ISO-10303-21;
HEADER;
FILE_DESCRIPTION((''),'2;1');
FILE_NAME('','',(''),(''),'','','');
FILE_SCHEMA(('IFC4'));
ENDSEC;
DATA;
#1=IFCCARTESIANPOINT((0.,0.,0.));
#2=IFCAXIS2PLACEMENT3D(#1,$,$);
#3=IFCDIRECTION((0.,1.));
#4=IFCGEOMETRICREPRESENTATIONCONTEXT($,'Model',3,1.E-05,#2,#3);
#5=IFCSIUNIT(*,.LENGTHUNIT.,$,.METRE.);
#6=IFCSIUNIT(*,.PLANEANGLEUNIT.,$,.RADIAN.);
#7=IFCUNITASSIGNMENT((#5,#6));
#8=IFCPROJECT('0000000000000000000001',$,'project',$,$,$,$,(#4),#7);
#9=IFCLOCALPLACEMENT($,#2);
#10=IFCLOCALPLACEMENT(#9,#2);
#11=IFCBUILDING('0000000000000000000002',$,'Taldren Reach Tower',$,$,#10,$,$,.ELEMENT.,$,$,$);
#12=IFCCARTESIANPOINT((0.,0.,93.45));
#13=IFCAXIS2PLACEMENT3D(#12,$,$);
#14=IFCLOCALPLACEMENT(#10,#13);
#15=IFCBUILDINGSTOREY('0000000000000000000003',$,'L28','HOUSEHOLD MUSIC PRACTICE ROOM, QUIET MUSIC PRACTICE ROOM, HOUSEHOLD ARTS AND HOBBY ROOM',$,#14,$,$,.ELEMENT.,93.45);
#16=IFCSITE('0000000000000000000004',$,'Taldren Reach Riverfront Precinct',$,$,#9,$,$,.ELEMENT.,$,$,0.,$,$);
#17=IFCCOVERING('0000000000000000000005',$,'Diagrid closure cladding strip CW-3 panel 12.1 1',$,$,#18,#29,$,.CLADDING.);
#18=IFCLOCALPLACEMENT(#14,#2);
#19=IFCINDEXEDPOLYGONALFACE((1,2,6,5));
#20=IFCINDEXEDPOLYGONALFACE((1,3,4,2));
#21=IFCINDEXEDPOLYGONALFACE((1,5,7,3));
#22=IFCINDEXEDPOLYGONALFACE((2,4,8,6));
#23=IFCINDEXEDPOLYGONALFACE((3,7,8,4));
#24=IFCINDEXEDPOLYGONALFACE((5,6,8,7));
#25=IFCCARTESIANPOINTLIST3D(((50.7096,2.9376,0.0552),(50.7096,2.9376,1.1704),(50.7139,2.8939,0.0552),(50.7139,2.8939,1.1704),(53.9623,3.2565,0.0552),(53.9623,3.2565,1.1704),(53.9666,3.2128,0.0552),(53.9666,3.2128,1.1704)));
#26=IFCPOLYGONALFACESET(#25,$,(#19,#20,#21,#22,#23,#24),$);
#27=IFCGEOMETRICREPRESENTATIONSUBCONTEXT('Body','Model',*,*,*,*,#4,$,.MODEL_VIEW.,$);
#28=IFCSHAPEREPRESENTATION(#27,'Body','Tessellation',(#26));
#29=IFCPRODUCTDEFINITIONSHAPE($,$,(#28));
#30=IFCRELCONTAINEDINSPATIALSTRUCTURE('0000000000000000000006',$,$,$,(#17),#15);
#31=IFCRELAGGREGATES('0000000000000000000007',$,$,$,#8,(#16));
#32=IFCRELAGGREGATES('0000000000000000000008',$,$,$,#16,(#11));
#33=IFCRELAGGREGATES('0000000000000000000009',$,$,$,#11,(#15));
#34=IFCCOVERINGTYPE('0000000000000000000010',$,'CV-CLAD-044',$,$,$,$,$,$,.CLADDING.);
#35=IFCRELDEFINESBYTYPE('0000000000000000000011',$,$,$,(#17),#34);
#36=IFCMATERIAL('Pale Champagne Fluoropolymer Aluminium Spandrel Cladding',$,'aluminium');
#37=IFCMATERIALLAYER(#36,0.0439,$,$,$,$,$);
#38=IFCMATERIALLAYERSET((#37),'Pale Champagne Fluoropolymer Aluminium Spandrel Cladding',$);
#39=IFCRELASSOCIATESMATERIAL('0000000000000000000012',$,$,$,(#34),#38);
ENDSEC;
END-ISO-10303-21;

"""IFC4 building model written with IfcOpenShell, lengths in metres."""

from ifc_helpers import new_model, si_unit, direction, frame, origin, origin_2d, place, context, subcontext, project, spatial, rectangle, extrude, source, transform, mapped, material, layer, layer_set, type_object, element, save


model = new_model("IFC4")

# Units and contexts
model_context = context("Model", 3, precision=1e-05, world=origin(), true_north=direction((0.0, 1.0)))
body_context = subcontext(model_context, "Body", "Model", "MODEL_VIEW")
ifc_project = project(units=[si_unit("LENGTHUNIT", "METRE"), si_unit("PLANEANGLEUNIT", "RADIAN")], contexts=[model_context])

# Site, building, storey
site_placement = place(None, origin())
site = spatial("IfcSite", under=ifc_project, at=site_placement, Name="Taldren Reach Riverfront Precinct", CompositionType="ELEMENT", RefElevation=0.0)
building_placement = place(site_placement, origin())
building = spatial("IfcBuilding", under=site, at=building_placement, Name="Taldren Reach Tower", CompositionType="ELEMENT")
storey_placement = place(building_placement, frame((0.0, 0.0, 93.45)))
storey = spatial("IfcBuildingStorey", under=building, at=storey_placement, Name="L28", Description="HOUSEHOLD MUSIC PRACTICE ROOM, QUIET MUSIC PRACTICE ROOM, HOUSEHOLD ARTS AND HOBBY ROOM", CompositionType="ELEMENT", Elevation=93.45)

# Covering
ifc_material_1 = material(Name="Pale Champagne Fluoropolymer Aluminium Spandrel Cladding", Category="aluminium")
ifc_layer_1 = layer(ifc_material_1, 0.0439)
ifc_layer_set_1 = layer_set([ifc_layer_1], Name="Pale Champagne Fluoropolymer Aluminium Spandrel Cladding")
covering_type = type_object("IfcCoveringType", Name="CV-CLAD-044", PredefinedType="CLADDING", material=ifc_layer_set_1)
shared_shape_1 = source(origin(), body_context, "Body", "SweptSolid", [
    extrude(rectangle(XDim=3.2683, YDim=0.0439, at=origin_2d()), origin(), (0.0, 0.0, 1.0), 1.1152),
])
covering_placement = place(storey_placement, frame((52.3381, 3.0752, 0.0552), z_axis=(0.0, 0.0, 1.0), x_axis=(0.995227, 0.097583, 0.0)))
element("IfcCovering", 1, at=covering_placement, inside=storey, type_object=covering_type, Name="Diagrid closure cladding strip CW-3 panel 12.1 1", PredefinedType="CLADDING", context=body_context, shape_type="MappedRepresentation", body=[
    mapped(shared_shape_1, transform((0.0, 0.0, 0.0), scale=1.0)),
])

save(model, "model.ifc")
